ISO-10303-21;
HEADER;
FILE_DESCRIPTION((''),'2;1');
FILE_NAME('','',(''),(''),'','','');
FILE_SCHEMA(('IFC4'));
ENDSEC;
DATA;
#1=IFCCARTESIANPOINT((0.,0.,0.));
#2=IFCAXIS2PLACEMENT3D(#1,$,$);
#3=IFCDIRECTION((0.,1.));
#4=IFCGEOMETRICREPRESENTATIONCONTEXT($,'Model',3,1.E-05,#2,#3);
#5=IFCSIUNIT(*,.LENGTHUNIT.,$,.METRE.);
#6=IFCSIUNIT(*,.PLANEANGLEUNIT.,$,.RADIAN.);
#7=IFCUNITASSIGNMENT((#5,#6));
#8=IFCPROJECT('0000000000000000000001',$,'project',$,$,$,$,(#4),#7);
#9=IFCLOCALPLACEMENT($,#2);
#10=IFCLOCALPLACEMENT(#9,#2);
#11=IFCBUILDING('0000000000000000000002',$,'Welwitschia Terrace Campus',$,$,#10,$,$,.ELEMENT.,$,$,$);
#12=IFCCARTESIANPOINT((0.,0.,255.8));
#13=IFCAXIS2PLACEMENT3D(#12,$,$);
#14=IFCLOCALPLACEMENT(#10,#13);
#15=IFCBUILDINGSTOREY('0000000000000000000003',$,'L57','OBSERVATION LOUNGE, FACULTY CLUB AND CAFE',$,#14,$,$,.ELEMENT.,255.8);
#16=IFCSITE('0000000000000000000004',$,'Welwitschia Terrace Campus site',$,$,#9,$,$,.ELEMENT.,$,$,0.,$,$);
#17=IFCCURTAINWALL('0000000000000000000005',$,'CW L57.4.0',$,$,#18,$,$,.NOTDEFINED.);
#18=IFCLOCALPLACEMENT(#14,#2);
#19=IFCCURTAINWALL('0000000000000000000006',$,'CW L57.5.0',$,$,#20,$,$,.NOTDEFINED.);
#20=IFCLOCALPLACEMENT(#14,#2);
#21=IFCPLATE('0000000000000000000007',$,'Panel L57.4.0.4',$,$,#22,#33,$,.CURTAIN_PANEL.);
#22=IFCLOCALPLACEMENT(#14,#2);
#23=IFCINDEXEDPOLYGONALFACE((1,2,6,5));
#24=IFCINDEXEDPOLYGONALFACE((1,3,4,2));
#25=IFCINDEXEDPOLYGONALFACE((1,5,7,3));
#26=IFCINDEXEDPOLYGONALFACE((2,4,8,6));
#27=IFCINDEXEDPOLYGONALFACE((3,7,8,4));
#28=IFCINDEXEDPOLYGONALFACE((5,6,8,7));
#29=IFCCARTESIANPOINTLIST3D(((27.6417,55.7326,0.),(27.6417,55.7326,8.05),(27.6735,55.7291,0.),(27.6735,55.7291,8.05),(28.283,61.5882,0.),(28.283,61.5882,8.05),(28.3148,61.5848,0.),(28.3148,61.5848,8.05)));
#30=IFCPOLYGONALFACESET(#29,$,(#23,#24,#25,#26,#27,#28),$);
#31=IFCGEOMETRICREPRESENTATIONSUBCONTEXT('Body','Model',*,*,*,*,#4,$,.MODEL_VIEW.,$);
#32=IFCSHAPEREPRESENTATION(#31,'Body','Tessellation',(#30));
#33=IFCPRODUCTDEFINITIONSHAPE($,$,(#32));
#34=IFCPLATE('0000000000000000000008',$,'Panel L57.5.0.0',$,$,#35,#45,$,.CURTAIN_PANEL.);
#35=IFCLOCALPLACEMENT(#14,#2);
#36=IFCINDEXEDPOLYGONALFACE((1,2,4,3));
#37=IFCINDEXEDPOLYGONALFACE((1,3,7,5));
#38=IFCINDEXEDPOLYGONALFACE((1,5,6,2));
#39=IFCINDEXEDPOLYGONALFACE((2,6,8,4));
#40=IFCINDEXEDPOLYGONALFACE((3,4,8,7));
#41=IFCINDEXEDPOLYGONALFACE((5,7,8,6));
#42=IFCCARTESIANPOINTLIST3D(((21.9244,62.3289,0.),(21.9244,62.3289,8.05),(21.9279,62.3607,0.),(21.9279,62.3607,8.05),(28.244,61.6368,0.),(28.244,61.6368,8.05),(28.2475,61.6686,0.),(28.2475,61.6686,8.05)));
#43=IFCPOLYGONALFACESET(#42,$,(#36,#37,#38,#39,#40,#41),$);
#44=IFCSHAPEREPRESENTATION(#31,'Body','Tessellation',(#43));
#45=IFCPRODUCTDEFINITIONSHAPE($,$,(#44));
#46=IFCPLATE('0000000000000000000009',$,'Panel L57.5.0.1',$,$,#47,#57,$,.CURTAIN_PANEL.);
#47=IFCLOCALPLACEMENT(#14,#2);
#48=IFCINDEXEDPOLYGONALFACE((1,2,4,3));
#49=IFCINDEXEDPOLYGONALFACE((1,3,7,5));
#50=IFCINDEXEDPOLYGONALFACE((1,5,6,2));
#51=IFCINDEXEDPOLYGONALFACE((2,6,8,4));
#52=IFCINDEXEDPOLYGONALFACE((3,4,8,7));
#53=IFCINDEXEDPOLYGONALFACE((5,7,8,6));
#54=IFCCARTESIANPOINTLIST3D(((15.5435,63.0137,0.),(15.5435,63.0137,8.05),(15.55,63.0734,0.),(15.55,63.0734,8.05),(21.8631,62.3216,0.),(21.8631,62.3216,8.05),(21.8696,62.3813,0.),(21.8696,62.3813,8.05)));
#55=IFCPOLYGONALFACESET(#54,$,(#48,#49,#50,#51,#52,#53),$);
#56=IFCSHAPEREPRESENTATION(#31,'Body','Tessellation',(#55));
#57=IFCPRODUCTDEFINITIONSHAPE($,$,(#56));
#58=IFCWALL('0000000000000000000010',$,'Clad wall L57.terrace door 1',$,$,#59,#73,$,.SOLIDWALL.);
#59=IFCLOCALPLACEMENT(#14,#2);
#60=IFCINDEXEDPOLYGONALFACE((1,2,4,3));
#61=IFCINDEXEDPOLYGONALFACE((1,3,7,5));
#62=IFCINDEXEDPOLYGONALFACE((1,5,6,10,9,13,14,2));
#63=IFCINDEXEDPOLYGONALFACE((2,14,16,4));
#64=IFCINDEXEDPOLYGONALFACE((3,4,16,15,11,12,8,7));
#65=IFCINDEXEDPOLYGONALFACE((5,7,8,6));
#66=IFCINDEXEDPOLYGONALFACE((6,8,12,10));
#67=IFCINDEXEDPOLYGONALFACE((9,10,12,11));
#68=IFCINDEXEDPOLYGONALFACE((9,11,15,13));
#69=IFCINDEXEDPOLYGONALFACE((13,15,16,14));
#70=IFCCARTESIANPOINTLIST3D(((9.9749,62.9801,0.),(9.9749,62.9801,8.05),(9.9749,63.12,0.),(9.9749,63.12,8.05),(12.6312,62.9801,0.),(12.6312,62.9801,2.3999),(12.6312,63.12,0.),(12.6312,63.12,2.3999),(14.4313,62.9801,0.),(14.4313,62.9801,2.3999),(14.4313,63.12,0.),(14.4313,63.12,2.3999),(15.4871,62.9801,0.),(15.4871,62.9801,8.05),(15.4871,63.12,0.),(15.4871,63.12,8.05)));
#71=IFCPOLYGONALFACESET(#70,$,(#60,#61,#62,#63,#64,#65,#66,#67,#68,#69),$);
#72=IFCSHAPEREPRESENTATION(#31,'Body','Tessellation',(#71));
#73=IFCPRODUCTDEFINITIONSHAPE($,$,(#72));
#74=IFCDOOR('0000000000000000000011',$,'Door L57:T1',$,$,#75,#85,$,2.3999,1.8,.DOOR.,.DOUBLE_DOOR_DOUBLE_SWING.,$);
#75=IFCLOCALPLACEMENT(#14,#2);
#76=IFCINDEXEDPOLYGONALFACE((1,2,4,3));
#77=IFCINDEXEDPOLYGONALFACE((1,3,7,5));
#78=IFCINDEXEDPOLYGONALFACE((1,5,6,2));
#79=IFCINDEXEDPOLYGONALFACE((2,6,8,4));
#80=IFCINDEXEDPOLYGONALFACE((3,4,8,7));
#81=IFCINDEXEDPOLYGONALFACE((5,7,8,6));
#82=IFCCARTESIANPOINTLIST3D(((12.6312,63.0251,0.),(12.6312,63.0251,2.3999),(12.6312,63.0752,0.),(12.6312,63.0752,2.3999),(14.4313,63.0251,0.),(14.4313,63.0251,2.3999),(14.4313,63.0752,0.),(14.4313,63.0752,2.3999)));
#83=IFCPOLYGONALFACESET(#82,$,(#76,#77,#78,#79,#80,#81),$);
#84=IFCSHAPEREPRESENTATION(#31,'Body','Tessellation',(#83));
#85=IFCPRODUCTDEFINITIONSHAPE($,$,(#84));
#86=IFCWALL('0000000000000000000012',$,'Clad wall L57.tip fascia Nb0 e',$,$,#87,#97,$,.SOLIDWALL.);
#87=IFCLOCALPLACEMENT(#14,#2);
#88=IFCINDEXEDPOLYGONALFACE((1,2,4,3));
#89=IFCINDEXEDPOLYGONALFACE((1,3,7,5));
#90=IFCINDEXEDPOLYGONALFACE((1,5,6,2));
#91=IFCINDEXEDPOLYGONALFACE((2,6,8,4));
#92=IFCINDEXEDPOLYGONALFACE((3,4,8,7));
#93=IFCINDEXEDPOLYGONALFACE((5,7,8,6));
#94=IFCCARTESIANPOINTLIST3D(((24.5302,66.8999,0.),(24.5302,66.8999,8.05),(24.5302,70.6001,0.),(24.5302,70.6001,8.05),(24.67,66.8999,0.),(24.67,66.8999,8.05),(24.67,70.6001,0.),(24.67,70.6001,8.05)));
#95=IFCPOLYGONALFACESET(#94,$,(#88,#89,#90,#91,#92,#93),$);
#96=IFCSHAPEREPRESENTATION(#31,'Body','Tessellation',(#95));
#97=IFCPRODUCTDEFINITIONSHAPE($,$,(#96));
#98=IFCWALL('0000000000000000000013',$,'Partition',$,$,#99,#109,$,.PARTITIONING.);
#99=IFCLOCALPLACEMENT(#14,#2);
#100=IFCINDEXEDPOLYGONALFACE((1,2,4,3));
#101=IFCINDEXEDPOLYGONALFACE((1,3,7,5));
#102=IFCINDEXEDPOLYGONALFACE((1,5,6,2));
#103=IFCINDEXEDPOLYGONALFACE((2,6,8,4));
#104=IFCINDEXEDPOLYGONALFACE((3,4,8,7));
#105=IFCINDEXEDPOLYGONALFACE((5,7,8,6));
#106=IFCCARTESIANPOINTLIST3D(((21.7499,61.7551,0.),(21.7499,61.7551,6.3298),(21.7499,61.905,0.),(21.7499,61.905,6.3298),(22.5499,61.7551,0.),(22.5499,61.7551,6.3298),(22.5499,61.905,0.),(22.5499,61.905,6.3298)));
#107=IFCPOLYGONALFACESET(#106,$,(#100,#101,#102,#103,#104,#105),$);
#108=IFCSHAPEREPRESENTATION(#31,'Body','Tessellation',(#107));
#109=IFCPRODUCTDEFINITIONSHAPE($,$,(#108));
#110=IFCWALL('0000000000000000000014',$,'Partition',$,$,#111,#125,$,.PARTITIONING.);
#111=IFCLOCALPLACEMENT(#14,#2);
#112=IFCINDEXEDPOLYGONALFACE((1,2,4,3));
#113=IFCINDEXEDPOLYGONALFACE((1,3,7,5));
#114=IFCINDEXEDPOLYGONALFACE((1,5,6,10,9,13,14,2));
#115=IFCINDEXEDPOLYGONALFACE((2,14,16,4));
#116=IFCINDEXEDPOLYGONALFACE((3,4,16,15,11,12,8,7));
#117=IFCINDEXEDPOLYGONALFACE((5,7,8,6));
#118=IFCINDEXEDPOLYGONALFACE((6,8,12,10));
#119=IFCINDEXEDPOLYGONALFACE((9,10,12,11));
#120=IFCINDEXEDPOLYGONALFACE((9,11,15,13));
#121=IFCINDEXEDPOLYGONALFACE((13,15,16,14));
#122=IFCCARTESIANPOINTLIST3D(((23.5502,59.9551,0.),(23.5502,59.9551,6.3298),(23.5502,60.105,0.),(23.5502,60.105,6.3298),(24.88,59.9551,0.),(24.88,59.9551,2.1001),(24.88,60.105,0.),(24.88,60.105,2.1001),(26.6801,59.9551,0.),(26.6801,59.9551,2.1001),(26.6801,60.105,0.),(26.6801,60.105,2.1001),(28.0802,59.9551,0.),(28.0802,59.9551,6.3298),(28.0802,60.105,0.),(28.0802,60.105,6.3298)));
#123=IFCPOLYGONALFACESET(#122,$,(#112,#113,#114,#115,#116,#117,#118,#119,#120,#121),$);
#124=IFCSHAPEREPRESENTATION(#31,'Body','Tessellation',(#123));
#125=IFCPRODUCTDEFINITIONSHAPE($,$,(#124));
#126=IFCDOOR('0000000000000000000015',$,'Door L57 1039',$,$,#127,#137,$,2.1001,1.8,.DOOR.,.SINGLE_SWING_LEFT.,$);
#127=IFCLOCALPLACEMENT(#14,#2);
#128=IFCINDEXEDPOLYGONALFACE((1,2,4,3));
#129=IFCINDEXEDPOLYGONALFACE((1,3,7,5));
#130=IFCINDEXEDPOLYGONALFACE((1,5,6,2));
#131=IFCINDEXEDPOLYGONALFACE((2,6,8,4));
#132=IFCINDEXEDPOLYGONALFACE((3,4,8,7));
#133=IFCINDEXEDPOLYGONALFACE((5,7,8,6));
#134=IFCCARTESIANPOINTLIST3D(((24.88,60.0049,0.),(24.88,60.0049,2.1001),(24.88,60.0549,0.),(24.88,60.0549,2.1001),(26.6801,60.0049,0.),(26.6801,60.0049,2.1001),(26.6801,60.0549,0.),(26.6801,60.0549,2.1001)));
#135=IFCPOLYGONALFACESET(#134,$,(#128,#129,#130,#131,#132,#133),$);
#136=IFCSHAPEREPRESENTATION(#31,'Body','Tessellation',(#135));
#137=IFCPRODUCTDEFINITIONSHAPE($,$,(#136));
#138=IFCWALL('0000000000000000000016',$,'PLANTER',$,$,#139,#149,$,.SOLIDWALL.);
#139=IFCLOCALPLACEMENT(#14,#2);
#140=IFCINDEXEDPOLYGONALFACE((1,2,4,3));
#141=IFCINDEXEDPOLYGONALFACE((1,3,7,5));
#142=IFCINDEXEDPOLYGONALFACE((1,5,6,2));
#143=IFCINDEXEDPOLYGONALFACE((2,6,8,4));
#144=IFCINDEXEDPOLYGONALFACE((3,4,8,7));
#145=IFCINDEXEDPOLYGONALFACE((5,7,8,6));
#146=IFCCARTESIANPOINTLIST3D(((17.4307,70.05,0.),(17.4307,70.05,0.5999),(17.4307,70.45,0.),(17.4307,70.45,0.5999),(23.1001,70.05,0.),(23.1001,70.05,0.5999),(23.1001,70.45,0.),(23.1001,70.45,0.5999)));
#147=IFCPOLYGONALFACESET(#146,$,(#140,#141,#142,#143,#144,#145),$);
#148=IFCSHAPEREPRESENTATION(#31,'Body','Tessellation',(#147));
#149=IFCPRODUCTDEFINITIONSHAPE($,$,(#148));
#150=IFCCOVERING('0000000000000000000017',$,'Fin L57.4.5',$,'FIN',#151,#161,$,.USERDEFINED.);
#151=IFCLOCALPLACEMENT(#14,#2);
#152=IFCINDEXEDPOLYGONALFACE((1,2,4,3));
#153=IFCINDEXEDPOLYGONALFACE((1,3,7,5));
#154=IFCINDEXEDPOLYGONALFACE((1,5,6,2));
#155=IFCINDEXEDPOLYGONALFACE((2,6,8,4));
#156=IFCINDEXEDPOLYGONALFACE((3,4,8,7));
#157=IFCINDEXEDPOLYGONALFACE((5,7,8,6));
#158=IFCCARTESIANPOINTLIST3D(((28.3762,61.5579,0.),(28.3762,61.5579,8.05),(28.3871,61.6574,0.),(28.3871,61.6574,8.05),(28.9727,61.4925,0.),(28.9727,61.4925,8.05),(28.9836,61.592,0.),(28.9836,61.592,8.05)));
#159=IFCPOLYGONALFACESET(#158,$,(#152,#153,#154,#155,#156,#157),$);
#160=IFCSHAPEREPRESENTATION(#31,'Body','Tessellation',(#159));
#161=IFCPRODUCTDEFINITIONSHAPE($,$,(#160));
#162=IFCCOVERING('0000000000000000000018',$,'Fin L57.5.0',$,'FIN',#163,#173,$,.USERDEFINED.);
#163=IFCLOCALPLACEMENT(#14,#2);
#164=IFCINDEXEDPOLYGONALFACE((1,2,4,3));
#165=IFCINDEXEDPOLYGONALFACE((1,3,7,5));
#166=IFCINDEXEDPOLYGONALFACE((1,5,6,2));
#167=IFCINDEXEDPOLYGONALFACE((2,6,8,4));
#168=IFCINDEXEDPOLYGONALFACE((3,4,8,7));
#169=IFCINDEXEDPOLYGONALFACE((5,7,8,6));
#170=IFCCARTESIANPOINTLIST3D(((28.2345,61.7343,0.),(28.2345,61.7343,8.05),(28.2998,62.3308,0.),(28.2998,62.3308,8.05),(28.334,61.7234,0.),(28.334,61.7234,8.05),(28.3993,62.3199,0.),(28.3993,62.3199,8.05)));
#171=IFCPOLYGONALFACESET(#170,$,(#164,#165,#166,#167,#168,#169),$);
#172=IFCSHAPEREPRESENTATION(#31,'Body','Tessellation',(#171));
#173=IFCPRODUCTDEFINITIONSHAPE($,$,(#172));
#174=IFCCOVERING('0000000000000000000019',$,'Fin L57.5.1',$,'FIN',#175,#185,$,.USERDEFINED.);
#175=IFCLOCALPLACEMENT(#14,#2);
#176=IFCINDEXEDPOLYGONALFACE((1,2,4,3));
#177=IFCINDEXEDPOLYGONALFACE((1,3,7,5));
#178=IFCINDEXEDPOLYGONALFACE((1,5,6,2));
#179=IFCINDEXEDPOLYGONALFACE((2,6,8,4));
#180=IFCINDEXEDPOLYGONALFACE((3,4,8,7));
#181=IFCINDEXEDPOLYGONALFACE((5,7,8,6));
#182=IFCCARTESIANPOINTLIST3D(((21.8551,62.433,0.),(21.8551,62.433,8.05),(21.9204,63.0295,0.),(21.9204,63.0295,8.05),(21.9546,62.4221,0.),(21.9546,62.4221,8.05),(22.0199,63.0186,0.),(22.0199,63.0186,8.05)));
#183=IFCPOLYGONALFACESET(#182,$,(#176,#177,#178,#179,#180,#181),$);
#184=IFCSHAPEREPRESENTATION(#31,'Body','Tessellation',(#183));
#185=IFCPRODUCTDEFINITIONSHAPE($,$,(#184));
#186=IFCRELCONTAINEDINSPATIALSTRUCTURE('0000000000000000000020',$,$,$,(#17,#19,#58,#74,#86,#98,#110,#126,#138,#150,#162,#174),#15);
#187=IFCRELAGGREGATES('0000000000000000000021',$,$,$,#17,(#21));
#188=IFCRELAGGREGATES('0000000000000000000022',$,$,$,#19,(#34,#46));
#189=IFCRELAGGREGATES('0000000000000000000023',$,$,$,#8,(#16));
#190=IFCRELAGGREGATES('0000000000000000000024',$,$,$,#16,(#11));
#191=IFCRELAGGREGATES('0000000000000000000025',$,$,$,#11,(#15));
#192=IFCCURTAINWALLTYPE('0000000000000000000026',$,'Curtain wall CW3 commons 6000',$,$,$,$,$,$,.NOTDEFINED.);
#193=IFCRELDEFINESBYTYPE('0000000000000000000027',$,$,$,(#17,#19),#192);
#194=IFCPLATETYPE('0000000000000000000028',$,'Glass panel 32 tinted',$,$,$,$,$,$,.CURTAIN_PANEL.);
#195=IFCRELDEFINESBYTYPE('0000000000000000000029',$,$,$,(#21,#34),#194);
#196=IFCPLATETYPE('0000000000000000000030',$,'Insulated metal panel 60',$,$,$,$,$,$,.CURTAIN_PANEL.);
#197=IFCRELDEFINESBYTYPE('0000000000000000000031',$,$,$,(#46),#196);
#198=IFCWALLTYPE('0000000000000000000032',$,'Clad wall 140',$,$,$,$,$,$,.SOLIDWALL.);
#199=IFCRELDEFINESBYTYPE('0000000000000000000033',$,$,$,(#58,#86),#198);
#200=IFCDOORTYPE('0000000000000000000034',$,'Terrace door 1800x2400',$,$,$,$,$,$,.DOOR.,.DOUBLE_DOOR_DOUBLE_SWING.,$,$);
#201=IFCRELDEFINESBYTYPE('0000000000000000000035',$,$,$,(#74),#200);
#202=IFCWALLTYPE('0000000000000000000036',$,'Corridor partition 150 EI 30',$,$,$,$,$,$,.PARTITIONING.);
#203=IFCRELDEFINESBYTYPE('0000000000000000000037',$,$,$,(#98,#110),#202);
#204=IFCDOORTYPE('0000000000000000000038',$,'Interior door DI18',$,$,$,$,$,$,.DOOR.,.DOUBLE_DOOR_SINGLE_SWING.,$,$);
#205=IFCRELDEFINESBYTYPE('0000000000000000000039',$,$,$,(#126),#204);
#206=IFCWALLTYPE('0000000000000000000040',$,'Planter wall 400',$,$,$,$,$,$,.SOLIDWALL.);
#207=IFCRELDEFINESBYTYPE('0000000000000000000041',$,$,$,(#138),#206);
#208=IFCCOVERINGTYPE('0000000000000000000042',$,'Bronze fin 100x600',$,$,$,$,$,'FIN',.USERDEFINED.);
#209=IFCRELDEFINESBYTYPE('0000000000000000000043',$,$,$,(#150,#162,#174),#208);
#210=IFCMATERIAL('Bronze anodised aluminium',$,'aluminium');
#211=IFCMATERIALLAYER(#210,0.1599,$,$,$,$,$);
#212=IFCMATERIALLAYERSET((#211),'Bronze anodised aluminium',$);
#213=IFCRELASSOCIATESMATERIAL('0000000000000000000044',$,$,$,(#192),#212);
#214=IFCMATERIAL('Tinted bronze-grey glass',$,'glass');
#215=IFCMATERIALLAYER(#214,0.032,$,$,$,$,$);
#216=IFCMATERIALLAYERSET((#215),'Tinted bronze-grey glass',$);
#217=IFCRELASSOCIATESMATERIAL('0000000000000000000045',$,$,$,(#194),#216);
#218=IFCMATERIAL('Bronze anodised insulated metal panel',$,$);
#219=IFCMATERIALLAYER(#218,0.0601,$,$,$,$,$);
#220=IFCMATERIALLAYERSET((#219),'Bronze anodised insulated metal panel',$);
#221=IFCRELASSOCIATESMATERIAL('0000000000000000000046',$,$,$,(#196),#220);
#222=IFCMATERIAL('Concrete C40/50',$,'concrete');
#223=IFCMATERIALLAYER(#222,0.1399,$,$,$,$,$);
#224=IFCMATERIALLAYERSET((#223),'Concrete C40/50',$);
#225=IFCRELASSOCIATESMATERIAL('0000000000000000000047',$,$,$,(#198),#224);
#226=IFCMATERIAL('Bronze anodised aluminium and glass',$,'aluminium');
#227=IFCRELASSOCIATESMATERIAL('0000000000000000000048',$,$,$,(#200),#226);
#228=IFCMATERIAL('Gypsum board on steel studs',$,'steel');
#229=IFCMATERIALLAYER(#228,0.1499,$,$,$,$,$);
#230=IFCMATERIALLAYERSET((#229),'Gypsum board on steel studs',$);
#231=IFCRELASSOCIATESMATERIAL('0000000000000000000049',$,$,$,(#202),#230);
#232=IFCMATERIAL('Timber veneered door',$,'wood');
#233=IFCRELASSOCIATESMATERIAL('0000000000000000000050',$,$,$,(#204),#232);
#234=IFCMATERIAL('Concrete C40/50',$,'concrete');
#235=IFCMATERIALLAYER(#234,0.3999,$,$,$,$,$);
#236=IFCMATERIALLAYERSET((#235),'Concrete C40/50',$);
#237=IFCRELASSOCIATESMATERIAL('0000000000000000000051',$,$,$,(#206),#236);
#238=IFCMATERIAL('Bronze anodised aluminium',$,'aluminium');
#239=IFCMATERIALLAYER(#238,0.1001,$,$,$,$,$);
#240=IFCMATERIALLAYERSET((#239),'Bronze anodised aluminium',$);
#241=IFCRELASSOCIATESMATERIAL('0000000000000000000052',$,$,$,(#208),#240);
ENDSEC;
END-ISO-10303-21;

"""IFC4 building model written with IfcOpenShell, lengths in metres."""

from ifc_helpers import new_model, si_unit, direction, frame, frame_2d, origin, origin_2d, place, context, subcontext, project, spatial, rectangle, extrude, material, layer, layer_set, type_object, element, fill, aggregate, save


model = new_model("IFC4")

# Units and contexts
model_context = context("Model", 3, precision=1e-05, world=origin(), true_north=direction((0.0, 1.0)))
body_context = subcontext(model_context, "Body", "Model", "MODEL_VIEW")
ifc_project = project(units=[si_unit("LENGTHUNIT", "METRE"), si_unit("PLANEANGLEUNIT", "RADIAN")], contexts=[model_context])

# Site, building, storey
site_placement = place(None, origin())
site = spatial("IfcSite", under=ifc_project, at=site_placement, Name="Welwitschia Terrace Campus site", CompositionType="ELEMENT", RefElevation=0.0)
building_placement = place(site_placement, origin())
building = spatial("IfcBuilding", under=site, at=building_placement, Name="Welwitschia Terrace Campus", CompositionType="ELEMENT")
storey_placement = place(building_placement, frame((0.0, 0.0, 255.8)))
storey = spatial("IfcBuildingStorey", under=building, at=storey_placement, Name="L57", Description="OBSERVATION LOUNGE, FACULTY CLUB AND CAFE", CompositionType="ELEMENT", Elevation=255.8)

# Curtain wall
ifc_material_1 = material(Name="Bronze anodised aluminium", Category="aluminium")
ifc_layer_1 = layer(ifc_material_1, 0.1599)
ifc_layer_set_1 = layer_set([ifc_layer_1], Name="Bronze anodised aluminium")
curtain_wall_type = type_object("IfcCurtainWallType", Name="Curtain wall CW3 commons 6000", PredefinedType="NOTDEFINED", material=ifc_layer_set_1)
curtain_wall_1_placement = place(storey_placement, origin())
curtain_wall_1 = element("IfcCurtainWall", 1, at=curtain_wall_1_placement, inside=storey, type_object=curtain_wall_type, Name="CW L57.4.0", PredefinedType="NOTDEFINED")

# Curtain wall
curtain_wall_2_placement = place(storey_placement, origin())
curtain_wall_2 = element("IfcCurtainWall", 2, at=curtain_wall_2_placement, inside=storey, type_object=curtain_wall_type, Name="CW L57.5.0", PredefinedType="NOTDEFINED")

# Plates
ifc_material_2 = material(Name="Tinted bronze-grey glass", Category="glass")
ifc_layer_2 = layer(ifc_material_2, 0.032)
ifc_layer_set_2 = layer_set([ifc_layer_2], Name="Tinted bronze-grey glass")
plate_type_1 = type_object("IfcPlateType", Name="Glass panel 32 tinted", PredefinedType="CURTAIN_PANEL", material=ifc_layer_set_2)
plate_1_placement = place(storey_placement, frame((27.9783, 58.6587, 0.0), z_axis=(0.0, 0.0, 1.0), x_axis=(0.108867, 0.994056, 0.0)))
plate_1 = element("IfcPlate", 3, at=plate_1_placement, type_object=plate_type_1, Name="Panel L57.4.0.4", PredefinedType="CURTAIN_PANEL", context=body_context, shape_type="SweptSolid", body=[
    extrude(rectangle(XDim=5.8906, YDim=0.032, at=origin_2d()), origin(), (0.0, 0.0, 1.0), 8.05),
])
aggregate(curtain_wall_1, [plate_1])
plate_2_placement = place(storey_placement, frame((25.0859, 61.9988, 0.0), z_axis=(0.0, 0.0, 1.0), x_axis=(-0.994056, 0.108867, 0.0)))
plate_2 = element("IfcPlate", 4, at=plate_2_placement, type_object=plate_type_1, Name="Panel L57.5.0.0", PredefinedType="CURTAIN_PANEL", context=body_context, shape_type="SweptSolid", body=[
    extrude(rectangle(XDim=6.3574, YDim=0.032, at=origin_2d()), origin(), (0.0, 0.0, 1.0), 8.05),
])
ifc_material_3 = material(Name="Bronze anodised insulated metal panel")
ifc_layer_3 = layer(ifc_material_3, 0.0601)
ifc_layer_set_3 = layer_set([ifc_layer_3], Name="Bronze anodised insulated metal panel")
plate_type_2 = type_object("IfcPlateType", Name="Insulated metal panel 60", PredefinedType="CURTAIN_PANEL", material=ifc_layer_set_3)
plate_3_placement = place(storey_placement, frame((18.7065, 62.6975, 0.0), z_axis=(0.0, 0.0, 1.0), x_axis=(-0.994056, 0.108867, 0.0)))
plate_3 = element("IfcPlate", 5, at=plate_3_placement, type_object=plate_type_2, Name="Panel L57.5.0.1", PredefinedType="CURTAIN_PANEL", context=body_context, shape_type="SweptSolid", body=[
    extrude(rectangle(XDim=6.3574, YDim=0.0601, at=origin_2d()), origin(), (0.0, 0.0, 1.0), 8.05),
])
aggregate(curtain_wall_2, [plate_2, plate_3])

# Wall, opening, door
ifc_material_4 = material(Name="Concrete C40/50", Category="concrete")
ifc_layer_4 = layer(ifc_material_4, 0.1399)
ifc_layer_set_4 = layer_set([ifc_layer_4], Name="Concrete C40/50")
wall_type_1 = type_object("IfcWallType", Name="Clad wall 140", PredefinedType="SOLIDWALL", material=ifc_layer_set_4)
wall_1_placement = place(storey_placement, frame((15.4871, 63.05, 0.0), z_axis=(0.0, 0.0, 1.0), x_axis=(-1.0, 0.0, 0.0)))
wall_1 = element("IfcWall", 6, at=wall_1_placement, inside=storey, type_object=wall_type_1, Name="Clad wall L57.terrace door 1", PredefinedType="SOLIDWALL", context=body_context, shape_type="SweptSolid", body=[
    extrude(rectangle(XDim=5.5122, YDim=0.1399, at=frame_2d((2.7561, 0.0))), origin(), (0.0, 0.0, 1.0), 8.05),
])
opening_1_placement = place(wall_1_placement, frame((1.0559, 0.0, 0.0)))
opening_1 = element("IfcOpeningElement", 7, at=opening_1_placement, cuts=wall_1, PredefinedType="OPENING", context=body_context, shape_type="SweptSolid", body=[
    extrude(rectangle(XDim=1.8, YDim=2.3999, at=frame_2d((0.8999, 1.2))), frame((0.0, 0.0798, 0.0), z_axis=(0.0, -1.0, 0.0), x_axis=(1.0, 0.0, 0.0)), (0.0, 0.0, 1.0), 0.1599),
])
ifc_material_5 = material(Name="Bronze anodised aluminium and glass", Category="aluminium")
door_type_1 = type_object("IfcDoorType", Name="Terrace door 1800x2400", OperationType="DOUBLE_DOOR_DOUBLE_SWING", PredefinedType="DOOR", material=ifc_material_5)
door_1_placement = place(opening_1_placement, origin())
door_1 = element("IfcDoor", 8, at=door_1_placement, inside=storey, type_object=door_type_1, Name="Door L57:T1", OperationType="DOUBLE_DOOR_DOUBLE_SWING", OverallHeight=2.3999, OverallWidth=1.8, PredefinedType="DOOR", context=body_context, shape_type="SweptSolid", body=[
    extrude(rectangle(XDim=1.8, YDim=2.3999, at=frame_2d((0.8999, 1.2))), frame((0.0, 0.0249, 0.0), z_axis=(0.0, -1.0, 0.0), x_axis=(1.0, 0.0, 0.0)), (0.0, 0.0, 1.0), 0.05),
])
fill(opening_1, door_1)

# Walls
wall_2_placement = place(storey_placement, frame((24.6001, 66.8999, 0.0), z_axis=(0.0, 0.0, 1.0), x_axis=(0.0, 1.0, 0.0)))
element("IfcWall", 9, at=wall_2_placement, inside=storey, type_object=wall_type_1, Name="Clad wall L57.tip fascia Nb0 e", PredefinedType="SOLIDWALL", context=body_context, shape_type="SweptSolid", body=[
    extrude(rectangle(XDim=3.7002, YDim=0.1399, at=frame_2d((1.8501, 0.0))), origin(), (0.0, 0.0, 1.0), 8.05),
])
ifc_material_6 = material(Name="Gypsum board on steel studs", Category="steel")
ifc_layer_5 = layer(ifc_material_6, 0.1499)
ifc_layer_set_5 = layer_set([ifc_layer_5], Name="Gypsum board on steel studs")
wall_type_2 = type_object("IfcWallType", Name="Corridor partition 150 EI 30", PredefinedType="PARTITIONING", material=ifc_layer_set_5)
wall_3_placement = place(storey_placement, frame((21.75, 61.8301, 0.0), z_axis=(0.0, 0.0, 1.0), x_axis=(1.0, 0.0, 0.0)))
element("IfcWall", 10, at=wall_3_placement, inside=storey, type_object=wall_type_2, Name="Partition", PredefinedType="PARTITIONING", context=body_context, shape_type="SweptSolid", body=[
    extrude(rectangle(XDim=0.8, YDim=0.1499, at=frame_2d((0.3999, 0.0))), origin(), (0.0, 0.0, 1.0), 6.3298),
])

# Wall, opening, door
wall_4_placement = place(storey_placement, frame((23.55, 60.03, 0.0), z_axis=(0.0, 0.0, 1.0), x_axis=(1.0, 0.0, 0.0)))
wall_4 = element("IfcWall", 11, at=wall_4_placement, inside=storey, type_object=wall_type_2, Name="Partition", PredefinedType="PARTITIONING", context=body_context, shape_type="SweptSolid", body=[
    extrude(rectangle(XDim=4.53, YDim=0.1499, at=frame_2d((2.2651, 0.0))), origin(), (0.0, 0.0, 1.0), 6.3298),
])
opening_2_placement = place(wall_4_placement, frame((1.3301, 0.0, 0.0)))
opening_2 = element("IfcOpeningElement", 12, at=opening_2_placement, cuts=wall_4, PredefinedType="OPENING", context=body_context, shape_type="SweptSolid", body=[
    extrude(rectangle(XDim=1.8, YDim=2.1001, at=frame_2d((0.8999, 1.05))), frame((0.0, 0.085, 0.0), z_axis=(0.0, -1.0, 0.0), x_axis=(1.0, 0.0, 0.0)), (0.0, 0.0, 1.0), 0.1699),
])
ifc_material_7 = material(Name="Timber veneered door", Category="wood")
door_type_2 = type_object("IfcDoorType", Name="Interior door DI18", OperationType="DOUBLE_DOOR_SINGLE_SWING", PredefinedType="DOOR", material=ifc_material_7)
door_2_placement = place(opening_2_placement, origin())
door_2 = element("IfcDoor", 13, at=door_2_placement, inside=storey, type_object=door_type_2, Name="Door L57 1039", OperationType="SINGLE_SWING_LEFT", OverallHeight=2.1001, OverallWidth=1.8, PredefinedType="DOOR", context=body_context, shape_type="SweptSolid", body=[
    extrude(rectangle(XDim=1.8, YDim=2.1001, at=frame_2d((0.8999, 1.05))), frame((0.0, 0.0249, 0.0), z_axis=(0.0, -1.0, 0.0), x_axis=(1.0, 0.0, 0.0)), (0.0, 0.0, 1.0), 0.05),
])
fill(opening_2, door_2)

# Wall
ifc_material_8 = material(Name="Concrete C40/50", Category="concrete")
ifc_layer_6 = layer(ifc_material_8, 0.3999)
ifc_layer_set_6 = layer_set([ifc_layer_6], Name="Concrete C40/50")
wall_type_3 = type_object("IfcWallType", Name="Planter wall 400", PredefinedType="SOLIDWALL", material=ifc_layer_set_6)
wall_5_placement = place(storey_placement, frame((17.4307, 70.25, 0.0), z_axis=(0.0, 0.0, 1.0), x_axis=(1.0, 0.0, 0.0)))
element("IfcWall", 14, at=wall_5_placement, inside=storey, type_object=wall_type_3, Name="PLANTER", PredefinedType="SOLIDWALL", context=body_context, shape_type="SweptSolid", body=[
    extrude(rectangle(XDim=5.6694, YDim=0.3999, at=frame_2d((2.8347, 0.0))), origin(), (0.0, 0.0, 1.0), 0.5999),
])

# Coverings
ifc_material_9 = material(Name="Bronze anodised aluminium", Category="aluminium")
ifc_layer_7 = layer(ifc_material_9, 0.1001)
ifc_layer_set_7 = layer_set([ifc_layer_7], Name="Bronze anodised aluminium")
covering_type = type_object("IfcCoveringType", Name="Bronze fin 100x600", ElementType="FIN", PredefinedType="USERDEFINED", material=ifc_layer_set_7)
for number, where, z_axis, x_axis, name in (
    (15, (28.6799, 61.575, 0.0), (0.0, 0.0, 1.0), (0.108867, 0.994056, 0.0), "Fin L57.4.5"),
    (16, (28.3169, 62.0271, 0.0), (0.0, 0.0, 1.0), (-0.994056, 0.108867, 0.0), "Fin L57.5.0"),
    (17, (21.9375, 62.7258, 0.0), (0.0, 0.0, 1.0), (-0.994056, 0.108867, 0.0), "Fin L57.5.1"),
):
    element("IfcCovering", number, at=place(storey_placement, frame(where, z_axis=z_axis, x_axis=x_axis)), inside=storey, type_object=covering_type, Name=name, ObjectType="FIN", PredefinedType="USERDEFINED", context=body_context, shape_type="SweptSolid", body=[
        extrude(rectangle(XDim=0.1001, YDim=0.6001, at=origin_2d()), origin(), (0.0, 0.0, 1.0), 8.05),
    ])

save(model, "model.ifc")
